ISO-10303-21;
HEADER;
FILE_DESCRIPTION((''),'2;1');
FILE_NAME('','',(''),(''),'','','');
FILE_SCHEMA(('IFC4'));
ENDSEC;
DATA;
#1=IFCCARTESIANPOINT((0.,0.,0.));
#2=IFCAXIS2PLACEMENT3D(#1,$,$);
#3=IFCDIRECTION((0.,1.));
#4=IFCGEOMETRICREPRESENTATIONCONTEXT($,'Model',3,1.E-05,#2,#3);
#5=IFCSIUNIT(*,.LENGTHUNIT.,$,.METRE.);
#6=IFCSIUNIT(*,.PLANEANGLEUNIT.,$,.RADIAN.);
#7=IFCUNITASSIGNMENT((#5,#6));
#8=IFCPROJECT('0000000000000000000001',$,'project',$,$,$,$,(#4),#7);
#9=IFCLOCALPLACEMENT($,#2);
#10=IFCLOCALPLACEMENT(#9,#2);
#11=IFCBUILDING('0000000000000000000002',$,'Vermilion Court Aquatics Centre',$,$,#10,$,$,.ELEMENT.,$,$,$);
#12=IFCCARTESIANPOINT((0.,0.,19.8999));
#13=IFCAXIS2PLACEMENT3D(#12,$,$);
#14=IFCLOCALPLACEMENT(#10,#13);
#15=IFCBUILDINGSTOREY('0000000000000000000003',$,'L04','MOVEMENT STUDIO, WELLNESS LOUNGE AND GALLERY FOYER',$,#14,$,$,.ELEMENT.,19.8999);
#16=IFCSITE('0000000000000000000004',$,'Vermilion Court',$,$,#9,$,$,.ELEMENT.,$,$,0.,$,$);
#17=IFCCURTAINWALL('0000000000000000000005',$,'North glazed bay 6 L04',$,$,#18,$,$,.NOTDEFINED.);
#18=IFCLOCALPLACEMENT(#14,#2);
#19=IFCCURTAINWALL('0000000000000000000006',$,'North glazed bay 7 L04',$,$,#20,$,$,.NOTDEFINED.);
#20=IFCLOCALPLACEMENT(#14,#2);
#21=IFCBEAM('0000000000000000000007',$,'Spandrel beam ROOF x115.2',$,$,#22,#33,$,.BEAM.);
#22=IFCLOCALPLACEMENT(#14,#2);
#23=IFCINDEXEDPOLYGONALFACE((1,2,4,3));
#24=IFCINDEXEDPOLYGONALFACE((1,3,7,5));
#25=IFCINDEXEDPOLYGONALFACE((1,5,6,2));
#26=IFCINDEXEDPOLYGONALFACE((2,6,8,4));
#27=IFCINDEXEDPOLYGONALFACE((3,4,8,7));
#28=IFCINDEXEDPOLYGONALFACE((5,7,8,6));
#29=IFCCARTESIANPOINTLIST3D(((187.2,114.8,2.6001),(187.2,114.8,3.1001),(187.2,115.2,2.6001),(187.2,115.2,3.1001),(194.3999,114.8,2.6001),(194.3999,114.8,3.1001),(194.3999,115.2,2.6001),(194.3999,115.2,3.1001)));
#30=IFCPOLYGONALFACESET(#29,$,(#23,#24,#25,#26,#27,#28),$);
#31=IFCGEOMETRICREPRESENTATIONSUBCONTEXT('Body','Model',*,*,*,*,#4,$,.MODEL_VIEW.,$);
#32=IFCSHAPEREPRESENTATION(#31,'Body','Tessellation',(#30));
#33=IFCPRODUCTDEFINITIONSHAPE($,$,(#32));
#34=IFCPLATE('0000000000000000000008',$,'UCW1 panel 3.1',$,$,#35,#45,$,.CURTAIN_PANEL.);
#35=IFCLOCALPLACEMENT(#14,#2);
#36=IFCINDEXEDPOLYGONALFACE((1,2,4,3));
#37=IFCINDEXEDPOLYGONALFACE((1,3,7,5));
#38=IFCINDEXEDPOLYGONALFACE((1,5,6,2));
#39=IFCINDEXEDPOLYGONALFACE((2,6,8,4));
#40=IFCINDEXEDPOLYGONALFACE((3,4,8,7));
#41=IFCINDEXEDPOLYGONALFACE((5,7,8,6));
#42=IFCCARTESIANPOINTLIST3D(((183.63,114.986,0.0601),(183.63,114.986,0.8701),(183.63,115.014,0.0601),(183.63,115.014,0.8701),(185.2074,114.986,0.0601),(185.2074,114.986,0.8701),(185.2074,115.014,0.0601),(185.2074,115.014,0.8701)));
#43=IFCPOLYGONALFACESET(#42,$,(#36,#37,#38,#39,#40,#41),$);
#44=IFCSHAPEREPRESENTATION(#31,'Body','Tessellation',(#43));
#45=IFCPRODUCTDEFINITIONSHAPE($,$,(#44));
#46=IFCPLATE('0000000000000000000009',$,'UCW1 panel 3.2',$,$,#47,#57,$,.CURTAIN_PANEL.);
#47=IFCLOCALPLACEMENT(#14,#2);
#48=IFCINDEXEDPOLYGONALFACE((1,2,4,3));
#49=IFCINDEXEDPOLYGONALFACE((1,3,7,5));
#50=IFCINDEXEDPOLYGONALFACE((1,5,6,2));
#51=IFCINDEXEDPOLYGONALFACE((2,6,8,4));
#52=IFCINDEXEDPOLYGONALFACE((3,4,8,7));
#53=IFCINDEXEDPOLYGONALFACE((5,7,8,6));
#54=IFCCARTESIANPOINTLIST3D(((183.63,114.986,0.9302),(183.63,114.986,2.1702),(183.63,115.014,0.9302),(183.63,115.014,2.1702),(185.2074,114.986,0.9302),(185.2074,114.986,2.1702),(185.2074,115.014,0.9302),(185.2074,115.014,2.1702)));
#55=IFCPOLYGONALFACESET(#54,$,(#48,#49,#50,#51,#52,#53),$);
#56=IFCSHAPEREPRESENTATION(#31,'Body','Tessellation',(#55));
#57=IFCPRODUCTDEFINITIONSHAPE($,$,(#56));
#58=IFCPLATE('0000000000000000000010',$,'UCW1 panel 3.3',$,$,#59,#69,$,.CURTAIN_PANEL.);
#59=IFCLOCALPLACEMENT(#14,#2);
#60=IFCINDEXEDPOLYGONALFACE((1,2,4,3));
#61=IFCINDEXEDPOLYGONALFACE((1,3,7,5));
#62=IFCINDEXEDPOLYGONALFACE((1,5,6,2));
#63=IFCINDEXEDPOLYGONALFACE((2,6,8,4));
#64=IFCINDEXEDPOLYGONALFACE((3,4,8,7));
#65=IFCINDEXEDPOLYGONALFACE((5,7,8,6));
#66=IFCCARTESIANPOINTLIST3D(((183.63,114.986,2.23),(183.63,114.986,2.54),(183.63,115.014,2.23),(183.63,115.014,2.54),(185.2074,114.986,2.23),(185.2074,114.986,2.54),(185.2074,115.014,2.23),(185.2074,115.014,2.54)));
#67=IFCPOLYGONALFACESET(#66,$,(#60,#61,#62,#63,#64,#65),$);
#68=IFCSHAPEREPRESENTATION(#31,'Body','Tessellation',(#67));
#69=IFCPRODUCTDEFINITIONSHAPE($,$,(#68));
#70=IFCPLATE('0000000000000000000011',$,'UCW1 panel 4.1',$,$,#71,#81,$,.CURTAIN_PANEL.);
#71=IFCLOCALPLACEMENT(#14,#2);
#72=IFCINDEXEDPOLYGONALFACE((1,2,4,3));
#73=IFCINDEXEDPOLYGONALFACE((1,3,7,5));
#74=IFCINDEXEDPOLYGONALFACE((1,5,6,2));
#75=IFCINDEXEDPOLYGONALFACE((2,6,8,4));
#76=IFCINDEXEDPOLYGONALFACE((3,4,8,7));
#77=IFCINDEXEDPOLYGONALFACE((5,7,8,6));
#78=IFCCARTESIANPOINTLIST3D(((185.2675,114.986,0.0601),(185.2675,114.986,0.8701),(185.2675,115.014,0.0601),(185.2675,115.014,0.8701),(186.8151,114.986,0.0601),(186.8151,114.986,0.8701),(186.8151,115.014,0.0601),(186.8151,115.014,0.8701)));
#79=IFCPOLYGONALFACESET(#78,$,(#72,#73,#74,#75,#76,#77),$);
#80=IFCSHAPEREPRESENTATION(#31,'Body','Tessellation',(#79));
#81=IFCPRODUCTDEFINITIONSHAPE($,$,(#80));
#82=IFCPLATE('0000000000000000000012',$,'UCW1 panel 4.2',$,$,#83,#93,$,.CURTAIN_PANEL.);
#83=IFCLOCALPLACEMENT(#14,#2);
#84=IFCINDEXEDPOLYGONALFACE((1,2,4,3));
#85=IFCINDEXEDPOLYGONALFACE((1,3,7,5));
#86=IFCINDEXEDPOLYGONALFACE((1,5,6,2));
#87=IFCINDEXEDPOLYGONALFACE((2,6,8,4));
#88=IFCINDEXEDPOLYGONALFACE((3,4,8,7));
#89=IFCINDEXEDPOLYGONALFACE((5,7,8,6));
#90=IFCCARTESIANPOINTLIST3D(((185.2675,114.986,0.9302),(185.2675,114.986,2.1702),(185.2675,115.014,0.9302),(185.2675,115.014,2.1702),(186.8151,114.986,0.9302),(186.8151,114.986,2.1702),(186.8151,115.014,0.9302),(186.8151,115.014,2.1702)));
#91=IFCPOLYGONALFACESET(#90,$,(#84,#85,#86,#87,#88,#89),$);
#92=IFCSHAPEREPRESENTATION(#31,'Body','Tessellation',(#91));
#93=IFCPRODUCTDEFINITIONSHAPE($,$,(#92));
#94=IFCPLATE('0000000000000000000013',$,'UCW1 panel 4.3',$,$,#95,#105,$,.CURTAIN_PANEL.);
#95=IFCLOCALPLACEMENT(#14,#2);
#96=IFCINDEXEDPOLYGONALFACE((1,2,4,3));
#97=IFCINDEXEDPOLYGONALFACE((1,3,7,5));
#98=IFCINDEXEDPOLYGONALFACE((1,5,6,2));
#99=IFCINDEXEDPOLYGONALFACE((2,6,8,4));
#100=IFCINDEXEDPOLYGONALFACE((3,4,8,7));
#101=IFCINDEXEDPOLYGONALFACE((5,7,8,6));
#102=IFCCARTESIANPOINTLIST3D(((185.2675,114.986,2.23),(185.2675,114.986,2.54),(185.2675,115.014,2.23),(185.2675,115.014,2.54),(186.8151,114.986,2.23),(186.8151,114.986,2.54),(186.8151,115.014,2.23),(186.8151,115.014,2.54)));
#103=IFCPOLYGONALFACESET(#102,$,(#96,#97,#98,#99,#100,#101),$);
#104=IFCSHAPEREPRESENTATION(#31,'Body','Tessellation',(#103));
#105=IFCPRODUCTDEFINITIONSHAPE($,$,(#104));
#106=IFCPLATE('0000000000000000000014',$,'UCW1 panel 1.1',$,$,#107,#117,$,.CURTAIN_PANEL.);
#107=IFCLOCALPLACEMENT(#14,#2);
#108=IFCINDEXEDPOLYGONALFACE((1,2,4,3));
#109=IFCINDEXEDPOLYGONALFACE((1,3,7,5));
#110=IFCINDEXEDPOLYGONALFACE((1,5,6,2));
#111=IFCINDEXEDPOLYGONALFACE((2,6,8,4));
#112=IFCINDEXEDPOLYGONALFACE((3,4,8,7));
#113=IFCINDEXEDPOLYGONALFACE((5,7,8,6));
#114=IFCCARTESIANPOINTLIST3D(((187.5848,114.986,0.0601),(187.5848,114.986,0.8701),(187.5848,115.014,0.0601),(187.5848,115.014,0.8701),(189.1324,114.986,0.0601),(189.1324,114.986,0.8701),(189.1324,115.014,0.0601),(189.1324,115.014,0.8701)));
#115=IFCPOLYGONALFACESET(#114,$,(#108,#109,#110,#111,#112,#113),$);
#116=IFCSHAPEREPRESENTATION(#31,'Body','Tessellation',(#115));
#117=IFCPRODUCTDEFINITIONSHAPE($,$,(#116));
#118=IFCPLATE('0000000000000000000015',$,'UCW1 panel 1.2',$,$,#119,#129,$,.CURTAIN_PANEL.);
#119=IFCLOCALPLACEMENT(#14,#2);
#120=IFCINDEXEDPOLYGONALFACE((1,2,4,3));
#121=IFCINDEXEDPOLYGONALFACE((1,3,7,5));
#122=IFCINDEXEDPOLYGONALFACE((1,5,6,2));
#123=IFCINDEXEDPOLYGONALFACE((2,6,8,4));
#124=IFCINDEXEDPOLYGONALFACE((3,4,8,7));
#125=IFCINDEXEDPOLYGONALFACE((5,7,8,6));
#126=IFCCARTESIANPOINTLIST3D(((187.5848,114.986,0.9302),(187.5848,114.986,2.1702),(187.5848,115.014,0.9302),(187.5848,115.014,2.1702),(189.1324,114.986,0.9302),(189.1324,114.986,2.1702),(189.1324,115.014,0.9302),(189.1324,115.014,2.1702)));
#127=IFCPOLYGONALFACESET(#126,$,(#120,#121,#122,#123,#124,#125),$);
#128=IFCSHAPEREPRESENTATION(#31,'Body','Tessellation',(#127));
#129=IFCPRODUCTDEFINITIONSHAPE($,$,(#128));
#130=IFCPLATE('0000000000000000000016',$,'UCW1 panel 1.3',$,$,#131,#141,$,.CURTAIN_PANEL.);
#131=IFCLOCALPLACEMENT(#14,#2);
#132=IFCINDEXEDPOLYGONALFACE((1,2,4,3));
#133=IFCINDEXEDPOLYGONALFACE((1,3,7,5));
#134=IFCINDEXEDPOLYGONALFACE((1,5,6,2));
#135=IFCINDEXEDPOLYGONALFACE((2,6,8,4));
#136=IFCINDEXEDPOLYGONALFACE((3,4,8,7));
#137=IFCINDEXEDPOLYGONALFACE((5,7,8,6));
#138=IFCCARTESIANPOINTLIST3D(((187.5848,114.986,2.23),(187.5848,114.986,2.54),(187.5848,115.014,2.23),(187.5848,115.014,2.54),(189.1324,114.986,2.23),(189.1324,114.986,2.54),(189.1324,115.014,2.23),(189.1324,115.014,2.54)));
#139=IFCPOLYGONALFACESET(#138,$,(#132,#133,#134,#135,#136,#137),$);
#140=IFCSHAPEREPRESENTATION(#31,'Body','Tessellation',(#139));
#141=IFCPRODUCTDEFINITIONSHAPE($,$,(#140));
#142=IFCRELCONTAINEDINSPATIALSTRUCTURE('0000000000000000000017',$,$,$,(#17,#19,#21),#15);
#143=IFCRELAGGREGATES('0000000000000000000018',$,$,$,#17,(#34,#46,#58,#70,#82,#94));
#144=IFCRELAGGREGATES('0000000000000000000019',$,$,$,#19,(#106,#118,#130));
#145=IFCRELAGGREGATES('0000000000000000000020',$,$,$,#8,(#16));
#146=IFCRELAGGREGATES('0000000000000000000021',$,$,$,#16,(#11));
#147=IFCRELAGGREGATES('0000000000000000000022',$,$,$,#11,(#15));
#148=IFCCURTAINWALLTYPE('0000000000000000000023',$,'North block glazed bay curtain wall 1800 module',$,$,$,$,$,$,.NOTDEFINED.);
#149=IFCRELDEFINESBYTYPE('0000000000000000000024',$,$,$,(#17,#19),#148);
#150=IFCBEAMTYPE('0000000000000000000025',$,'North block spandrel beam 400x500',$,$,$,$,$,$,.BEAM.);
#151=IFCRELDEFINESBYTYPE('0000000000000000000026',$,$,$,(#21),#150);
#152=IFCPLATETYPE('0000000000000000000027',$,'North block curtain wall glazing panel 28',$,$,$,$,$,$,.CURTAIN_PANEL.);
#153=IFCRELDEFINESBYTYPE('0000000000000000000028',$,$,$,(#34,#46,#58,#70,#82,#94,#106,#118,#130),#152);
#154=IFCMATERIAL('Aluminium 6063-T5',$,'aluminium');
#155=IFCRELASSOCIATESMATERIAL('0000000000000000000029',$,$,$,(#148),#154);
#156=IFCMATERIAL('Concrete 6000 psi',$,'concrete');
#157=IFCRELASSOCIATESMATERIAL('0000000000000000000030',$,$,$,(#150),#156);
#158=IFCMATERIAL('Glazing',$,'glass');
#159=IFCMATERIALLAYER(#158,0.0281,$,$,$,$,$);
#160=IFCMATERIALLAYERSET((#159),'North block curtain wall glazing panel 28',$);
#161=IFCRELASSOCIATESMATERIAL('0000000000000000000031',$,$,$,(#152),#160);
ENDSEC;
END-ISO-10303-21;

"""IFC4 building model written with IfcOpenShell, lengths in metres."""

from ifc_helpers import new_model, si_unit, direction, frame, origin, origin_2d, place, context, subcontext, project, spatial, rectangle, extrude, material, layer, layer_set, material_profile, profile_set, type_object, element, aggregate, save


model = new_model("IFC4")

# Units and contexts
model_context = context("Model", 3, precision=1e-05, world=origin(), true_north=direction((0.0, 1.0)))
body_context = subcontext(model_context, "Body", "Model", "MODEL_VIEW")
ifc_project = project(units=[si_unit("LENGTHUNIT", "METRE"), si_unit("PLANEANGLEUNIT", "RADIAN")], contexts=[model_context])

# Site, building, storey
site_placement = place(None, origin())
site = spatial("IfcSite", under=ifc_project, at=site_placement, Name="Vermilion Court", CompositionType="ELEMENT", RefElevation=0.0)
building_placement = place(site_placement, origin())
building = spatial("IfcBuilding", under=site, at=building_placement, Name="Vermilion Court Aquatics Centre", CompositionType="ELEMENT")
storey_placement = place(building_placement, frame((0.0, 0.0, 19.8999)))
storey = spatial("IfcBuildingStorey", under=building, at=storey_placement, Name="L04", Description="MOVEMENT STUDIO, WELLNESS LOUNGE AND GALLERY FOYER", CompositionType="ELEMENT", Elevation=19.8999)

# Curtain walls
ifc_material_1 = material(Name="Aluminium 6063-T5", Category="aluminium")
curtain_wall_type = type_object("IfcCurtainWallType", Name="North block glazed bay curtain wall 1800 module", PredefinedType="NOTDEFINED", material=ifc_material_1)
curtain_wall_1_placement = place(storey_placement, origin())
curtain_wall_1 = element("IfcCurtainWall", 1, at=curtain_wall_1_placement, inside=storey, type_object=curtain_wall_type, Name="North glazed bay 6 L04", PredefinedType="NOTDEFINED")
curtain_wall_2_placement = place(storey_placement, origin())
curtain_wall_2 = element("IfcCurtainWall", 2, at=curtain_wall_2_placement, inside=storey, type_object=curtain_wall_type, Name="North glazed bay 7 L04", PredefinedType="NOTDEFINED")

# Beam
ifc_material_2 = material(Name="Concrete 6000 psi", Category="concrete")
ifc_material_profile_1 = material_profile(ifc_material_2, rectangle(XDim=0.3999, YDim=0.5, at=origin_2d()), Name="RC 400x500")
ifc_profile_set_1 = profile_set([ifc_material_profile_1], Name="Concrete 6000 psi")
beam_type = type_object("IfcBeamType", Name="North block spandrel beam 400x500", PredefinedType="BEAM", material=ifc_profile_set_1)
beam_placement = place(storey_placement, frame((187.2, 115.0, 2.8501), z_axis=(1.0, 0.0, 0.0), x_axis=(0.0, 1.0, 0.0)))
element("IfcBeam", 3, at=beam_placement, inside=storey, type_object=beam_type, Name="Spandrel beam ROOF x115.2", PredefinedType="BEAM", context=body_context, shape_type="SweptSolid", body=[
    extrude(rectangle(XDim=0.3999, YDim=0.5, at=origin_2d()), origin(), (0.0, 0.0, 1.0), 7.2),
])

# Plates
ifc_material_3 = material(Name="Glazing", Category="glass")
ifc_layer = layer(ifc_material_3, 0.0281)
ifc_layer_set = layer_set([ifc_layer], Name="North block curtain wall glazing panel 28")
plate_type = type_object("IfcPlateType", Name="North block curtain wall glazing panel 28", PredefinedType="CURTAIN_PANEL", material=ifc_layer_set)
plate_1_placement = place(storey_placement, frame((184.4187, 115.0, 0.0601), z_axis=(0.0, 0.0, 1.0), x_axis=(1.0, 0.0, 0.0)))
plate_1 = element("IfcPlate", 4, at=plate_1_placement, type_object=plate_type, Name="UCW1 panel 3.1", PredefinedType="CURTAIN_PANEL", context=body_context, shape_type="SweptSolid", body=[
    extrude(rectangle(XDim=1.5774, YDim=0.0281, at=origin_2d()), origin(), (0.0, 0.0, 1.0), 0.8101),
])
plate_2_placement = place(storey_placement, frame((184.4187, 115.0, 0.9302), z_axis=(0.0, 0.0, 1.0), x_axis=(1.0, 0.0, 0.0)))
plate_2 = element("IfcPlate", 5, at=plate_2_placement, type_object=plate_type, Name="UCW1 panel 3.2", PredefinedType="CURTAIN_PANEL", context=body_context, shape_type="SweptSolid", body=[
    extrude(rectangle(XDim=1.5774, YDim=0.0281, at=origin_2d()), origin(), (0.0, 0.0, 1.0), 1.24),
])
plate_3_placement = place(storey_placement, frame((184.4187, 115.0, 2.23), z_axis=(0.0, 0.0, 1.0), x_axis=(1.0, 0.0, 0.0)))
plate_3 = element("IfcPlate", 6, at=plate_3_placement, type_object=plate_type, Name="UCW1 panel 3.3", PredefinedType="CURTAIN_PANEL", context=body_context, shape_type="SweptSolid", body=[
    extrude(rectangle(XDim=1.5774, YDim=0.0281, at=origin_2d()), origin(), (0.0, 0.0, 1.0), 0.3101),
])
plate_4_placement = place(storey_placement, frame((186.0413, 115.0, 0.0601), z_axis=(0.0, 0.0, 1.0), x_axis=(1.0, 0.0, 0.0)))
plate_4 = element("IfcPlate", 7, at=plate_4_placement, type_object=plate_type, Name="UCW1 panel 4.1", PredefinedType="CURTAIN_PANEL", context=body_context, shape_type="SweptSolid", body=[
    extrude(rectangle(XDim=1.5476, YDim=0.0281, at=origin_2d()), origin(), (0.0, 0.0, 1.0), 0.8101),
])
plate_5_placement = place(storey_placement, frame((186.0413, 115.0, 0.9302), z_axis=(0.0, 0.0, 1.0), x_axis=(1.0, 0.0, 0.0)))
plate_5 = element("IfcPlate", 8, at=plate_5_placement, type_object=plate_type, Name="UCW1 panel 4.2", PredefinedType="CURTAIN_PANEL", context=body_context, shape_type="SweptSolid", body=[
    extrude(rectangle(XDim=1.5476, YDim=0.0281, at=origin_2d()), origin(), (0.0, 0.0, 1.0), 1.24),
])
plate_6_placement = place(storey_placement, frame((186.0413, 115.0, 2.23), z_axis=(0.0, 0.0, 1.0), x_axis=(1.0, 0.0, 0.0)))
plate_6 = element("IfcPlate", 9, at=plate_6_placement, type_object=plate_type, Name="UCW1 panel 4.3", PredefinedType="CURTAIN_PANEL", context=body_context, shape_type="SweptSolid", body=[
    extrude(rectangle(XDim=1.5476, YDim=0.0281, at=origin_2d()), origin(), (0.0, 0.0, 1.0), 0.3101),
])
aggregate(curtain_wall_1, [plate_1, plate_2, plate_3, plate_4, plate_5, plate_6])
plate_7_placement = place(storey_placement, frame((188.3586, 115.0, 0.0601), z_axis=(0.0, 0.0, 1.0), x_axis=(1.0, 0.0, 0.0)))
plate_7 = element("IfcPlate", 10, at=plate_7_placement, type_object=plate_type, Name="UCW1 panel 1.1", PredefinedType="CURTAIN_PANEL", context=body_context, shape_type="SweptSolid", body=[
    extrude(rectangle(XDim=1.5476, YDim=0.0281, at=origin_2d()), origin(), (0.0, 0.0, 1.0), 0.8101),
])
plate_8_placement = place(storey_placement, frame((188.3586, 115.0, 0.9302), z_axis=(0.0, 0.0, 1.0), x_axis=(1.0, 0.0, 0.0)))
plate_8 = element("IfcPlate", 11, at=plate_8_placement, type_object=plate_type, Name="UCW1 panel 1.2", PredefinedType="CURTAIN_PANEL", context=body_context, shape_type="SweptSolid", body=[
    extrude(rectangle(XDim=1.5476, YDim=0.0281, at=origin_2d()), origin(), (0.0, 0.0, 1.0), 1.24),
])
plate_9_placement = place(storey_placement, frame((188.3586, 115.0, 2.23), z_axis=(0.0, 0.0, 1.0), x_axis=(1.0, 0.0, 0.0)))
plate_9 = element("IfcPlate", 12, at=plate_9_placement, type_object=plate_type, Name="UCW1 panel 1.3", PredefinedType="CURTAIN_PANEL", context=body_context, shape_type="SweptSolid", body=[
    extrude(rectangle(XDim=1.5476, YDim=0.0281, at=origin_2d()), origin(), (0.0, 0.0, 1.0), 0.3101),
])
aggregate(curtain_wall_2, [plate_7, plate_8, plate_9])

save(model, "model.ifc")
